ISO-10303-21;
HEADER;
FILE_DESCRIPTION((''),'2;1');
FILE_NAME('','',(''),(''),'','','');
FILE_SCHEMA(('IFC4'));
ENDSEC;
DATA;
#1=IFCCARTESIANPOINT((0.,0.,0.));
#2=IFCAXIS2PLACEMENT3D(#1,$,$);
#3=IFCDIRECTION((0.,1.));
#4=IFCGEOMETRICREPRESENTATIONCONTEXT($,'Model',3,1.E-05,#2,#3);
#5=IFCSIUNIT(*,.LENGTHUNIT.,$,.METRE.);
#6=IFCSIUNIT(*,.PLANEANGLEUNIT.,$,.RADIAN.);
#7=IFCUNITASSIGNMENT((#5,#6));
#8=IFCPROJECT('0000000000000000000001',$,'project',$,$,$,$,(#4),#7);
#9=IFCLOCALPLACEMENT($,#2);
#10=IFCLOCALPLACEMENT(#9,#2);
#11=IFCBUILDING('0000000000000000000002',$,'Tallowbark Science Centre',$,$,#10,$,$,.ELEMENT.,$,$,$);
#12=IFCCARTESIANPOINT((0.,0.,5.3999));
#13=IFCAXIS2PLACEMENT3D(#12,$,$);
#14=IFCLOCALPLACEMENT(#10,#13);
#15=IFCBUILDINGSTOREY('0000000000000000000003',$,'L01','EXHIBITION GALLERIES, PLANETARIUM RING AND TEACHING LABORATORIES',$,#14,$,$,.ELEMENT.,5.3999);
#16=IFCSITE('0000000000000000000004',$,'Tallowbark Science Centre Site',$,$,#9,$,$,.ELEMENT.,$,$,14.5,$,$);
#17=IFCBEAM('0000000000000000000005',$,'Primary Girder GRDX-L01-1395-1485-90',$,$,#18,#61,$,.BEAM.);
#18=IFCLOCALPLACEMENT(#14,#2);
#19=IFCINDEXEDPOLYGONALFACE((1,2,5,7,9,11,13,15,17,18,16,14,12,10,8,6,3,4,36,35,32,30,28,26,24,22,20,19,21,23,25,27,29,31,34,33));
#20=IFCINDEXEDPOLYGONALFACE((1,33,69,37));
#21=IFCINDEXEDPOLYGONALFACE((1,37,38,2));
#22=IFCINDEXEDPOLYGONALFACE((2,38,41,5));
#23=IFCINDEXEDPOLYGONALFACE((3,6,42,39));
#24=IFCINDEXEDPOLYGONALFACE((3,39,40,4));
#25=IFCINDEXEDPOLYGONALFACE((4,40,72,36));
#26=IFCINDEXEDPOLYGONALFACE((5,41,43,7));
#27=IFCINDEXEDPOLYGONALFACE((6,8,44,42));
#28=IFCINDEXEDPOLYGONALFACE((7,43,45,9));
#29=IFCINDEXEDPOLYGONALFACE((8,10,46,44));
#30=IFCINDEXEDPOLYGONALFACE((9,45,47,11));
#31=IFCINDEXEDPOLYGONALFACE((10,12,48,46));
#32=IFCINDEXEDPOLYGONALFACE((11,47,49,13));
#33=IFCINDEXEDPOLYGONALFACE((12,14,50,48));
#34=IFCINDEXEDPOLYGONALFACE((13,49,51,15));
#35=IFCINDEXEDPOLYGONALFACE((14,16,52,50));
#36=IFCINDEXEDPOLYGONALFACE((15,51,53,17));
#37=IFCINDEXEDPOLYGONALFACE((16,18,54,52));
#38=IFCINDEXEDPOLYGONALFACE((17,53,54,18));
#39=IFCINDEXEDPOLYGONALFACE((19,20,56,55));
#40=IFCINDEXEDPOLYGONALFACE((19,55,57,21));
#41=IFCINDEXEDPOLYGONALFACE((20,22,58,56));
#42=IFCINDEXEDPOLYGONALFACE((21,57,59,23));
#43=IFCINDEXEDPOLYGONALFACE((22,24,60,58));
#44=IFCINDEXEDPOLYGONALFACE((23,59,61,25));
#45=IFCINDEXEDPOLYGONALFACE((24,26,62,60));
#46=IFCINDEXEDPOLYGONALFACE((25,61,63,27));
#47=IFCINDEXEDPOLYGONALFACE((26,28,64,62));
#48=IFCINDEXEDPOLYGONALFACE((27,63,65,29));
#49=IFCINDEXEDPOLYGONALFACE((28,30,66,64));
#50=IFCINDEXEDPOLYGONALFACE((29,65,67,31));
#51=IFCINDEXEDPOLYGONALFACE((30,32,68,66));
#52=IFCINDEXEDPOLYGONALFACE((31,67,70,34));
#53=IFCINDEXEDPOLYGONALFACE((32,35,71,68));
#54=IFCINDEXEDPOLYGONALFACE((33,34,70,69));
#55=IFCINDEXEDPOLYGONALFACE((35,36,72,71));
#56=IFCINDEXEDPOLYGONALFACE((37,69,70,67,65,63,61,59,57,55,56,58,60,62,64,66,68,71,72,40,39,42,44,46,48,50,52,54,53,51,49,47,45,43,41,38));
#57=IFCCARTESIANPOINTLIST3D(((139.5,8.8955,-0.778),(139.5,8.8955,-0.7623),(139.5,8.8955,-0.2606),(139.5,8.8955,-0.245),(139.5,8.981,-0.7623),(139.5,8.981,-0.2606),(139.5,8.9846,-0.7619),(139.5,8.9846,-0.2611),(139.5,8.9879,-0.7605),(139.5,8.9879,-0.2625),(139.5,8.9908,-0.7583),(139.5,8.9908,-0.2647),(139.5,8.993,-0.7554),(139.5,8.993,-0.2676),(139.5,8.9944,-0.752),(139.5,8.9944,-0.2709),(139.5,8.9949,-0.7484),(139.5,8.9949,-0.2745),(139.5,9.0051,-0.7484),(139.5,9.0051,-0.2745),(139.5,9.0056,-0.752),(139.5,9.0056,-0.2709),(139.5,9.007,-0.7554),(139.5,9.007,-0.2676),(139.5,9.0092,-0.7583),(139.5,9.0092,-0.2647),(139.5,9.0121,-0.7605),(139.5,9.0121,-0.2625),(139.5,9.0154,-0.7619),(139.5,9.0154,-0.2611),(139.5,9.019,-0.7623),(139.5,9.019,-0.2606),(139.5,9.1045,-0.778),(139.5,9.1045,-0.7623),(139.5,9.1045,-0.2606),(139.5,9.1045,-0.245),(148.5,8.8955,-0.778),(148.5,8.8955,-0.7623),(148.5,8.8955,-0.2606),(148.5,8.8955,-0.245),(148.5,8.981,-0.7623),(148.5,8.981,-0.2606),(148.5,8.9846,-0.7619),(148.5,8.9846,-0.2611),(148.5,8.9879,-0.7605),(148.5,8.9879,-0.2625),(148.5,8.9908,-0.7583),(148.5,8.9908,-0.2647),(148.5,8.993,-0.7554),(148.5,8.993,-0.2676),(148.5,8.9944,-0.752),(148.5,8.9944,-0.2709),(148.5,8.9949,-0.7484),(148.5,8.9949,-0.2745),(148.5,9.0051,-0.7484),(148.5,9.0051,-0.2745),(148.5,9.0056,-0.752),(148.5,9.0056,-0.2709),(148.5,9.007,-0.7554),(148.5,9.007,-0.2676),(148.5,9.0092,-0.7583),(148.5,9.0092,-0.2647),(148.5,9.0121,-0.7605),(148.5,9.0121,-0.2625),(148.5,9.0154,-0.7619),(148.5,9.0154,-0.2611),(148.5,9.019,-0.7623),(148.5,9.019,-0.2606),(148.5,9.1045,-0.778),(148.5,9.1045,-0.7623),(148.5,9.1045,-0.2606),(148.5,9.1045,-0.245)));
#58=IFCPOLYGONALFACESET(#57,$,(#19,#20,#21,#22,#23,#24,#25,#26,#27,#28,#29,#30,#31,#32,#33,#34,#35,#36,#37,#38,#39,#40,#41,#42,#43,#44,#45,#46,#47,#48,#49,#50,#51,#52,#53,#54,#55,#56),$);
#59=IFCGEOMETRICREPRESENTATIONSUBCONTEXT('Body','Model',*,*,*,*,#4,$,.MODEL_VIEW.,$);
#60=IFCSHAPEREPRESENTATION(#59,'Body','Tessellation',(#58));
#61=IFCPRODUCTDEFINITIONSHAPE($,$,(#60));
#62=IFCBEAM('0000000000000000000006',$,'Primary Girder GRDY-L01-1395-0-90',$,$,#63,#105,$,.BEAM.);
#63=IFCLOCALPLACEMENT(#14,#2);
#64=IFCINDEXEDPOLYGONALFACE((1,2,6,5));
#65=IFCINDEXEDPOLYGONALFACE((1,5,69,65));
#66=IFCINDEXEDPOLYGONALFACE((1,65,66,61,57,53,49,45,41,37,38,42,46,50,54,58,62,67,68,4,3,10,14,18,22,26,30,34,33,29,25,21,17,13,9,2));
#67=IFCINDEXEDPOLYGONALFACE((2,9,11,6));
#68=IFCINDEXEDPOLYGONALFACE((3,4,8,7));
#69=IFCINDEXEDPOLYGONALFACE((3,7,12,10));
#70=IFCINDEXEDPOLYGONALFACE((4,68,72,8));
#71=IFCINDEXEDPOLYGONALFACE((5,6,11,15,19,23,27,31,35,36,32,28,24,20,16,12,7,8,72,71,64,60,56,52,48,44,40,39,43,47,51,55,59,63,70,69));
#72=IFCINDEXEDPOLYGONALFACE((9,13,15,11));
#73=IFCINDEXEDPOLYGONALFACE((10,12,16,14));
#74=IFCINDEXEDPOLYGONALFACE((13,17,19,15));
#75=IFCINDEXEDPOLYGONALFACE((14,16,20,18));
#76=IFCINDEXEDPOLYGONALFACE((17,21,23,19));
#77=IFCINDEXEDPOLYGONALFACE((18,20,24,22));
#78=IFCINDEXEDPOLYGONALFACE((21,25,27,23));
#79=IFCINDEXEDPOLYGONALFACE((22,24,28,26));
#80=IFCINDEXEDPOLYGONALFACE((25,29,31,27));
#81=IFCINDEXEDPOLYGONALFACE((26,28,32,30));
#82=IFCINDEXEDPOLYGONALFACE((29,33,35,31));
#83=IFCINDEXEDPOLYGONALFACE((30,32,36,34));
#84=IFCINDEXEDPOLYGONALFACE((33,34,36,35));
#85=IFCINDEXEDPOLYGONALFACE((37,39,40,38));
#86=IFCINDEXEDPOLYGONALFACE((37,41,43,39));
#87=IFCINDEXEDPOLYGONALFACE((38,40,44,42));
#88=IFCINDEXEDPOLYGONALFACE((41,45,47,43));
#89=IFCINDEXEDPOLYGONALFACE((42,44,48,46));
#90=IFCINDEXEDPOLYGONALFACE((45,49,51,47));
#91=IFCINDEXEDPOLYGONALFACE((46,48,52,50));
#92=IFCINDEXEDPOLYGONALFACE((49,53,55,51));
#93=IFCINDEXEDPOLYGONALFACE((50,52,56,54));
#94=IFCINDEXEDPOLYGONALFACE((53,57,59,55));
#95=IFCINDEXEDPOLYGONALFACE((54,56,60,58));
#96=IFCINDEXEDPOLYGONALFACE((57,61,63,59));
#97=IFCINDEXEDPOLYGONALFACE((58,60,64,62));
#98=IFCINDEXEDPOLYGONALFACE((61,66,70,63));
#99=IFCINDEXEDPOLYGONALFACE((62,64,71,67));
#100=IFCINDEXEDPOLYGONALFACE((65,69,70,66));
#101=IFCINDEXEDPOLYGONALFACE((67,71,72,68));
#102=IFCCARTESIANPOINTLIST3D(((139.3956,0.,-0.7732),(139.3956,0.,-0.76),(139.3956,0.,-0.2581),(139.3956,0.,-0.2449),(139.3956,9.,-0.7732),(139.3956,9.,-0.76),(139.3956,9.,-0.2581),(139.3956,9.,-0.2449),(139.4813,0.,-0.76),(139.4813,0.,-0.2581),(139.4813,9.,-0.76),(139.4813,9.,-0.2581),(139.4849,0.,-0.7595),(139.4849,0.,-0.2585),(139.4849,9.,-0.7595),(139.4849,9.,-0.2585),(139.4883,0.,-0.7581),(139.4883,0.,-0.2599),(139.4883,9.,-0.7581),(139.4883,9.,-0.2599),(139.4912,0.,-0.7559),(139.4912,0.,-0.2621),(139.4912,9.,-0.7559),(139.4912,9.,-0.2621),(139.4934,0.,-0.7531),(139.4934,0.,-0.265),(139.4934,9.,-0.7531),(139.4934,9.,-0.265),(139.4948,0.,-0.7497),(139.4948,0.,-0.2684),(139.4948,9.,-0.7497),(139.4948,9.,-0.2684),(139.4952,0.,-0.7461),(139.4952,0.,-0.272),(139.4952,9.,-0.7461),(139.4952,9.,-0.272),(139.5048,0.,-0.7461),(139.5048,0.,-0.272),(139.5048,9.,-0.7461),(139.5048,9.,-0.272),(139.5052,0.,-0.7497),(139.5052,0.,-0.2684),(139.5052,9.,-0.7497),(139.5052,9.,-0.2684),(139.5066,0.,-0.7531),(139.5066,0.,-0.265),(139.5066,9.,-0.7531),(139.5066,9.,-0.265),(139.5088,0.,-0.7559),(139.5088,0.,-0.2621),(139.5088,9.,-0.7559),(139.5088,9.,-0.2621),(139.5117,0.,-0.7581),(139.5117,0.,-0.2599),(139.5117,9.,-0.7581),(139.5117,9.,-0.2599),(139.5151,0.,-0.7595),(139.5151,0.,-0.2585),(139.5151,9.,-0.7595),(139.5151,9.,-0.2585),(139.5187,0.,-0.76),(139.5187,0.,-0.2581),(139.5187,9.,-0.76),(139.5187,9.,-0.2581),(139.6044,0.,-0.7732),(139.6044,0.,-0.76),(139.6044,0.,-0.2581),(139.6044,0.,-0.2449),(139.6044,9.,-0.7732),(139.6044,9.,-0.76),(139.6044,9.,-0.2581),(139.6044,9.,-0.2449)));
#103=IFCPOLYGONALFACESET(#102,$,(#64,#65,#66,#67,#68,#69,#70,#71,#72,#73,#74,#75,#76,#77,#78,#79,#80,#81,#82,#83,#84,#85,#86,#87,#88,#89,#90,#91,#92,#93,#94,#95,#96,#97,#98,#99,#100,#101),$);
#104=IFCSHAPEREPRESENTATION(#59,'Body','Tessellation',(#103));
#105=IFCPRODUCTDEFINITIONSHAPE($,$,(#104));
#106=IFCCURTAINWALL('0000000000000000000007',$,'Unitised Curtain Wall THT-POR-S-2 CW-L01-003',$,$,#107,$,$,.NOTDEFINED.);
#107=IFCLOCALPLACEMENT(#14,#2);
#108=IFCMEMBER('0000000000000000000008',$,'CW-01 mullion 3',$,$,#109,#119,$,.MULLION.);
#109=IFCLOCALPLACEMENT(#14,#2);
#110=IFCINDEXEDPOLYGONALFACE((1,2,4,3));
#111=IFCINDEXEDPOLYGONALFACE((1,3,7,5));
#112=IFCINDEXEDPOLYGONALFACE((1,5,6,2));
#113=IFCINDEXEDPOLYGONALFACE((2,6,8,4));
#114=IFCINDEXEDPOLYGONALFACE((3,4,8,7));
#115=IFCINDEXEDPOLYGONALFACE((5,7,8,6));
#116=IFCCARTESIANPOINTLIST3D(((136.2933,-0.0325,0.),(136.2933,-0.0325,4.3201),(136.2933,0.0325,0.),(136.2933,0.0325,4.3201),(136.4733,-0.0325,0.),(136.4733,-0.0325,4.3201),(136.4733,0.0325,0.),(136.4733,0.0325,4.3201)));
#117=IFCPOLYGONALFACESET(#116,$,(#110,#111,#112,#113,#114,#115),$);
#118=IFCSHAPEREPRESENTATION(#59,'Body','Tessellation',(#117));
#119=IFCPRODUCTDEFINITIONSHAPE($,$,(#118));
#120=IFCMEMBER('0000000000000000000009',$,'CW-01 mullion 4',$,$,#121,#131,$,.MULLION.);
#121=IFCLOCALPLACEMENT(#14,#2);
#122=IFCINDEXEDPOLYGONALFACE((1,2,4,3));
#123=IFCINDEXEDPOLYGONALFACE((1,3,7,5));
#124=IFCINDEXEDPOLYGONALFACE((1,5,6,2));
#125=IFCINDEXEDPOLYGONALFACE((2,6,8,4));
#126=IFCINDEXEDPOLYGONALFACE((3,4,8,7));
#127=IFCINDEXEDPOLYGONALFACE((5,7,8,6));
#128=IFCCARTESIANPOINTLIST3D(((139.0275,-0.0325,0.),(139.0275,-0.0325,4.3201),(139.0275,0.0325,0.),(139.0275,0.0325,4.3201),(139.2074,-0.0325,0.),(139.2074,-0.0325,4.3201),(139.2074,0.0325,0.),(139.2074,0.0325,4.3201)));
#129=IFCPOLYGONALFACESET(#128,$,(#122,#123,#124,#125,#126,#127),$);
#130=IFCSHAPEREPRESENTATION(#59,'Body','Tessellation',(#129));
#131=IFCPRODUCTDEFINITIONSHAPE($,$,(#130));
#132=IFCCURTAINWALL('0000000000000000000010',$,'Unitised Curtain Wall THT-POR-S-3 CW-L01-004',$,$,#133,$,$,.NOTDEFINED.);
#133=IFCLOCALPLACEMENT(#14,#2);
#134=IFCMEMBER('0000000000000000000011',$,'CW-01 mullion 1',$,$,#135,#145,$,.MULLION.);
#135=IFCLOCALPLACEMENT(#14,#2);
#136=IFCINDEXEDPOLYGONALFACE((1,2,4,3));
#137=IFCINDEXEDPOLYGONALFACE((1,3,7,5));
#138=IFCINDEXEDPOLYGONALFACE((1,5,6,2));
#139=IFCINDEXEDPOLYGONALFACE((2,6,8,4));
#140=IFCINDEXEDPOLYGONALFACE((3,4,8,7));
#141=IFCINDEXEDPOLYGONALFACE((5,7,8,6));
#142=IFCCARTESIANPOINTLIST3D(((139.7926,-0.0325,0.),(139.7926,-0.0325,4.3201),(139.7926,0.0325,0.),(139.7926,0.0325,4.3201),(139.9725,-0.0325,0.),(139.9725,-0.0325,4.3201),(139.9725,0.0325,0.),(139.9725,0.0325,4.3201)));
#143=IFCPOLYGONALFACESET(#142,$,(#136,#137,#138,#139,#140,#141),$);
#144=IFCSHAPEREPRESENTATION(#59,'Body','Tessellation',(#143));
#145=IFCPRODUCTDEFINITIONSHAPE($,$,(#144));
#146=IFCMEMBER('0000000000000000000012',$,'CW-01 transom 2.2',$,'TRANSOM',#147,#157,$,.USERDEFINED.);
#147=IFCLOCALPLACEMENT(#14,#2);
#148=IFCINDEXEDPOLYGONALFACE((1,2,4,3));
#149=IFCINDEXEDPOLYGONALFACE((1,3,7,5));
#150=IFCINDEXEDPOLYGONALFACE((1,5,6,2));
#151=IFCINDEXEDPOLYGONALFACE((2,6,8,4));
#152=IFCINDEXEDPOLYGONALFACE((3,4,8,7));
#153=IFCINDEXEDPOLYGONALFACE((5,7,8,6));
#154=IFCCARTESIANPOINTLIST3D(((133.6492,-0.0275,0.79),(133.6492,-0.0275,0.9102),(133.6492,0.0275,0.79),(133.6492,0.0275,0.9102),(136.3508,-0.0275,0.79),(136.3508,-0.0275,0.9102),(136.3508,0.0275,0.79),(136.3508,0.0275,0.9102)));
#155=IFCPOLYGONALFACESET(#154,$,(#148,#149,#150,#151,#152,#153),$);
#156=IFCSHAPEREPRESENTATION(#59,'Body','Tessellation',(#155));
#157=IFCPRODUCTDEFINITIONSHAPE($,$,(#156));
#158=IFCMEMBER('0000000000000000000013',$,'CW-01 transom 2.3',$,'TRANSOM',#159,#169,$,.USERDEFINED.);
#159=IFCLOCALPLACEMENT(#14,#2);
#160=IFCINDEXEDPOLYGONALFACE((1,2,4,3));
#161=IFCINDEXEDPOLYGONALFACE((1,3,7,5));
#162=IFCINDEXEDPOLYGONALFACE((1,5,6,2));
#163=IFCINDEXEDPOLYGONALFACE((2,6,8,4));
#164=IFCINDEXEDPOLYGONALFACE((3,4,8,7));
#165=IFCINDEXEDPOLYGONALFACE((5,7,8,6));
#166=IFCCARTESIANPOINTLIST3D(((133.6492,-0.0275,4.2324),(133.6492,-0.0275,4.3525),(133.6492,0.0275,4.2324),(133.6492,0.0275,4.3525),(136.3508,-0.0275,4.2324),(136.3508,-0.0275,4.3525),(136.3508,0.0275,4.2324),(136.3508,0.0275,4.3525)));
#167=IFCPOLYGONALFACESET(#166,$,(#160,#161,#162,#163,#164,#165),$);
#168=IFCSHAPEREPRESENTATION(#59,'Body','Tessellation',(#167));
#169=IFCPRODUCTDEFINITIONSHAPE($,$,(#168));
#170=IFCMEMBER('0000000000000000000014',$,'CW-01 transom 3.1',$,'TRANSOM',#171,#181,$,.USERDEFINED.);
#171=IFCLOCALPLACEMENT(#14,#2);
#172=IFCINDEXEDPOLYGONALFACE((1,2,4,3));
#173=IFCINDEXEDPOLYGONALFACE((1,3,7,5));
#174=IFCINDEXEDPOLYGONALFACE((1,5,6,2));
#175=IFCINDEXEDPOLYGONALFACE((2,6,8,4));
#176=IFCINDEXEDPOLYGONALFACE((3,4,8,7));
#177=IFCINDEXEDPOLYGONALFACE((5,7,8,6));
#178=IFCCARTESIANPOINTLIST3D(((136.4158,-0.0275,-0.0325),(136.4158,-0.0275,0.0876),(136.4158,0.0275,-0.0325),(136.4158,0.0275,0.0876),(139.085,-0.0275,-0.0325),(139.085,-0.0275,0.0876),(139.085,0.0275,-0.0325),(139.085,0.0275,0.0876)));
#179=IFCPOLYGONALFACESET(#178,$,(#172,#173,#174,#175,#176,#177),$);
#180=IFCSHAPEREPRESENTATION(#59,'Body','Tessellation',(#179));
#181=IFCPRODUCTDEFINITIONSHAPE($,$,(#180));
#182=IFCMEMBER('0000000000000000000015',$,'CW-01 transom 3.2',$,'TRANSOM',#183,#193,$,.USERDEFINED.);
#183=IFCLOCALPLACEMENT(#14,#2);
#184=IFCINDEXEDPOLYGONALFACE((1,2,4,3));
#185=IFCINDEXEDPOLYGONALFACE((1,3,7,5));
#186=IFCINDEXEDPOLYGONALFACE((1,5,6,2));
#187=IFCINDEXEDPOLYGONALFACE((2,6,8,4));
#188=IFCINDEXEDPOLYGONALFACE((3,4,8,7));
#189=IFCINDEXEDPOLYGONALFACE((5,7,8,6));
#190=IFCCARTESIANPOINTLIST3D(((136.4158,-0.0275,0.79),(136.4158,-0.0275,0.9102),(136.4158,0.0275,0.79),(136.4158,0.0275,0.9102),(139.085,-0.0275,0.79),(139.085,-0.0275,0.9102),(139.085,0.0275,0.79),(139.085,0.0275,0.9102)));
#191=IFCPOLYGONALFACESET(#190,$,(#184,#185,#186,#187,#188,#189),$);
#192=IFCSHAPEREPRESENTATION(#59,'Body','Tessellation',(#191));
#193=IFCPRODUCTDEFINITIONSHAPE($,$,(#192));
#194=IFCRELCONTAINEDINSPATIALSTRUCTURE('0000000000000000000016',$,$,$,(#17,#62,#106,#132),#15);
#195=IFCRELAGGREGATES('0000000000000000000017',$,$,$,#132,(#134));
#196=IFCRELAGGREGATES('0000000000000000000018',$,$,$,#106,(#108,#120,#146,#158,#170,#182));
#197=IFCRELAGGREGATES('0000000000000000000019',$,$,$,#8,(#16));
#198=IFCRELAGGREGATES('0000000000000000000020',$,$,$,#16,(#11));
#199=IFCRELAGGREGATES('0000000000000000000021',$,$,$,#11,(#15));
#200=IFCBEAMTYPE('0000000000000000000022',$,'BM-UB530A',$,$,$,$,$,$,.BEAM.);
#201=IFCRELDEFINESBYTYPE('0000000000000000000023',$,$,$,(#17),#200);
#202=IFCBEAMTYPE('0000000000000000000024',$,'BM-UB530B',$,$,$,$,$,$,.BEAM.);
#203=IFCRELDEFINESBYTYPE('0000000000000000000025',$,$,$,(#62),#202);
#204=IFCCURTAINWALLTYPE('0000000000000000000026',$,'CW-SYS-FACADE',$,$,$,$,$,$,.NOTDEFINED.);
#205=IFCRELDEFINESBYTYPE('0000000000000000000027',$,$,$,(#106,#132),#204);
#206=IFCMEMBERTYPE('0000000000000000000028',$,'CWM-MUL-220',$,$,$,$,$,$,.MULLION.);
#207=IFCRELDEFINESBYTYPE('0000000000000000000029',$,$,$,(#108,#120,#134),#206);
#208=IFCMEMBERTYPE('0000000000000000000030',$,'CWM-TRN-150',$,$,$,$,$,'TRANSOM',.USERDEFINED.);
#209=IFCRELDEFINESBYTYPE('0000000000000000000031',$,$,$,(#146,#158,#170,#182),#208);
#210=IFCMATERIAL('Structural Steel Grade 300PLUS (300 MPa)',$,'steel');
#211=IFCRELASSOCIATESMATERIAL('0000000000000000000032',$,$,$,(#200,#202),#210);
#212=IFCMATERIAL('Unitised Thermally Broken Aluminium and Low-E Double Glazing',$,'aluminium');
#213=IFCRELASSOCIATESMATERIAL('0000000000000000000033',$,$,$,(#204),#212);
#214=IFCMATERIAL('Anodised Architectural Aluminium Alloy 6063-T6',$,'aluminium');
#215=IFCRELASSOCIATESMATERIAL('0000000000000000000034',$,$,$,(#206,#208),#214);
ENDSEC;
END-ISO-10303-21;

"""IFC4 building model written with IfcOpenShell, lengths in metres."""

from ifc_helpers import new_model, si_unit, direction, frame, origin, origin_2d, place, context, subcontext, project, spatial, rectangle, i_section, extrude, material, material_profile, profile_set, type_object, element, aggregate, save


model = new_model("IFC4")

# Units and contexts
model_context = context("Model", 3, precision=1e-05, world=origin(), true_north=direction((0.0, 1.0)))
body_context = subcontext(model_context, "Body", "Model", "MODEL_VIEW")
ifc_project = project(units=[si_unit("LENGTHUNIT", "METRE"), si_unit("PLANEANGLEUNIT", "RADIAN")], contexts=[model_context])

# Site, building, storey
site_placement = place(None, origin())
site = spatial("IfcSite", under=ifc_project, at=site_placement, Name="Tallowbark Science Centre Site", CompositionType="ELEMENT", RefElevation=14.5)
building_placement = place(site_placement, origin())
building = spatial("IfcBuilding", under=site, at=building_placement, Name="Tallowbark Science Centre", CompositionType="ELEMENT")
storey_placement = place(building_placement, frame((0.0, 0.0, 5.3999)))
storey = spatial("IfcBuildingStorey", under=building, at=storey_placement, Name="L01", Description="EXHIBITION GALLERIES, PLANETARIUM RING AND TEACHING LABORATORIES", CompositionType="ELEMENT", Elevation=5.3999)

# Shared definitions
ifc_material_1 = material(Name="Structural Steel Grade 300PLUS (300 MPa)", Category="steel")

# Beams
ifc_material_profile_1 = material_profile(ifc_material_1, i_section(OverallWidth=0.209, OverallDepth=0.533, WebThickness=0.0103, FlangeThickness=0.0156, FilletRadius=0.0139, at=origin_2d()), Name="530UB92.4")
ifc_profile_set_1 = profile_set([ifc_material_profile_1], Name="Structural Steel Grade 300PLUS (300 MPa)")
beam_type_1 = type_object("IfcBeamType", Name="BM-UB530A", PredefinedType="BEAM", material=ifc_profile_set_1)
for number, where, z_axis, x_axis, name in (
    (1, (139.5, 9.0, -0.5115), (1.0, 0.0, 0.0), (0.0, 1.0, 0.0), "Primary Girder GRDX-L01-1395-1485-90"),
):
    element("IfcBeam", number, at=place(storey_placement, frame(where, z_axis=z_axis, x_axis=x_axis)), inside=storey, type_object=beam_type_1, Name=name, PredefinedType="BEAM", context=body_context, shape_type="SweptSolid", body=[
        extrude(i_section(OverallWidth=0.209, OverallDepth=0.533, WebThickness=0.0103, FlangeThickness=0.0156, FilletRadius=0.0139, at=origin_2d()), origin(), (0.0, 0.0, 1.0), 9.0),
    ])
ifc_material_profile_2 = material_profile(ifc_material_1, i_section(OverallWidth=0.2087, OverallDepth=0.5283, WebThickness=0.0095, FlangeThickness=0.0132, FilletRadius=0.0139, at=origin_2d()), Name="530UB82.0")
ifc_profile_set_2 = profile_set([ifc_material_profile_2], Name="Structural Steel Grade 300PLUS (300 MPa)")
beam_type_2 = type_object("IfcBeamType", Name="BM-UB530B", PredefinedType="BEAM", material=ifc_profile_set_2)
beam_1_placement = place(storey_placement, frame((139.5, 0.0, -0.509), z_axis=(0.0, 1.0, 0.0), x_axis=(-1.0, 0.0, 0.0)))
element("IfcBeam", 2, at=beam_1_placement, inside=storey, type_object=beam_type_2, Name="Primary Girder GRDY-L01-1395-0-90", PredefinedType="BEAM", context=body_context, shape_type="SweptSolid", body=[
    extrude(i_section(OverallWidth=0.2087, OverallDepth=0.5283, WebThickness=0.0095, FlangeThickness=0.0132, FilletRadius=0.0139, at=origin_2d()), origin(), (0.0, 0.0, 1.0), 9.0),
])

# Curtain wall, members
ifc_material_2 = material(Name="Unitised Thermally Broken Aluminium and Low-E Double Glazing", Category="aluminium")
curtain_wall_type = type_object("IfcCurtainWallType", Name="CW-SYS-FACADE", PredefinedType="NOTDEFINED", material=ifc_material_2)
curtain_wall_1_placement = place(storey_placement, origin())
curtain_wall_1 = element("IfcCurtainWall", 3, at=curtain_wall_1_placement, inside=storey, type_object=curtain_wall_type, Name="Unitised Curtain Wall THT-POR-S-2 CW-L01-003", PredefinedType="NOTDEFINED")
ifc_material_3 = material(Name="Anodised Architectural Aluminium Alloy 6063-T6", Category="aluminium")
ifc_material_profile_3 = material_profile(ifc_material_3, rectangle(XDim=0.0649, YDim=0.1799, at=origin_2d()), Name="ALU65x180")
ifc_profile_set_3 = profile_set([ifc_material_profile_3], Name="Anodised Architectural Aluminium Alloy 6063-T6")
member_type_1 = type_object("IfcMemberType", Name="CWM-MUL-220", PredefinedType="MULLION", material=ifc_profile_set_3)
member_1_placement = place(storey_placement, frame((136.3833, 0.0, 0.0), z_axis=(0.0, 0.0, 1.0), x_axis=(0.0, 1.0, 0.0)))
member_1 = element("IfcMember", 4, at=member_1_placement, type_object=member_type_1, Name="CW-01 mullion 3", PredefinedType="MULLION", context=body_context, shape_type="SweptSolid", body=[
    extrude(rectangle(XDim=0.0649, YDim=0.1799, at=origin_2d()), origin(), (0.0, 0.0, 1.0), 4.3201),
])
member_2_placement = place(storey_placement, frame((139.1174, 0.0, 0.0), z_axis=(0.0, 0.0, 1.0), x_axis=(0.0, 1.0, 0.0)))
member_2 = element("IfcMember", 5, at=member_2_placement, type_object=member_type_1, Name="CW-01 mullion 4", PredefinedType="MULLION", context=body_context, shape_type="SweptSolid", body=[
    extrude(rectangle(XDim=0.0649, YDim=0.1799, at=origin_2d()), origin(), (0.0, 0.0, 1.0), 4.3201),
])

# Curtain wall, member
curtain_wall_2_placement = place(storey_placement, origin())
curtain_wall_2 = element("IfcCurtainWall", 6, at=curtain_wall_2_placement, inside=storey, type_object=curtain_wall_type, Name="Unitised Curtain Wall THT-POR-S-3 CW-L01-004", PredefinedType="NOTDEFINED")
member_3_placement = place(storey_placement, frame((139.8826, 0.0, 0.0), z_axis=(0.0, 0.0, 1.0), x_axis=(0.0, 1.0, 0.0)))
member_3 = element("IfcMember", 7, at=member_3_placement, type_object=member_type_1, Name="CW-01 mullion 1", PredefinedType="MULLION", context=body_context, shape_type="SweptSolid", body=[
    extrude(rectangle(XDim=0.0649, YDim=0.1799, at=origin_2d()), origin(), (0.0, 0.0, 1.0), 4.3201),
])

# Members
ifc_material_profile_4 = material_profile(ifc_material_3, rectangle(XDim=0.0549, YDim=0.1201, at=origin_2d()), Name="ALU55x120")
ifc_profile_set_4 = profile_set([ifc_material_profile_4], Name="Anodised Architectural Aluminium Alloy 6063-T6")
member_type_2 = type_object("IfcMemberType", Name="CWM-TRN-150", ElementType="TRANSOM", PredefinedType="USERDEFINED", material=ifc_profile_set_4)
member_4_placement = place(storey_placement, frame((133.6492, 0.0, 0.8501), z_axis=(1.0, 0.0, 0.0), x_axis=(0.0, 1.0, 0.0)))
member_4 = element("IfcMember", 8, at=member_4_placement, type_object=member_type_2, Name="CW-01 transom 2.2", ObjectType="TRANSOM", PredefinedType="USERDEFINED", context=body_context, shape_type="SweptSolid", body=[
    extrude(rectangle(XDim=0.0549, YDim=0.1201, at=origin_2d()), origin(), (0.0, 0.0, 1.0), 2.7017),
])
member_5_placement = place(storey_placement, frame((133.6492, 0.0, 4.2925), z_axis=(1.0, 0.0, 0.0), x_axis=(0.0, 1.0, 0.0)))
member_5 = element("IfcMember", 9, at=member_5_placement, type_object=member_type_2, Name="CW-01 transom 2.3", ObjectType="TRANSOM", PredefinedType="USERDEFINED", context=body_context, shape_type="SweptSolid", body=[
    extrude(rectangle(XDim=0.0549, YDim=0.1201, at=origin_2d()), origin(), (0.0, 0.0, 1.0), 2.7017),
])
member_6_placement = place(storey_placement, frame((136.4158, 0.0, 0.0276), z_axis=(1.0, 0.0, 0.0), x_axis=(0.0, 1.0, 0.0)))
member_6 = element("IfcMember", 10, at=member_6_placement, type_object=member_type_2, Name="CW-01 transom 3.1", ObjectType="TRANSOM", PredefinedType="USERDEFINED", context=body_context, shape_type="SweptSolid", body=[
    extrude(rectangle(XDim=0.0549, YDim=0.1201, at=origin_2d()), origin(), (0.0, 0.0, 1.0), 2.6692),
])
member_7_placement = place(storey_placement, frame((136.4158, 0.0, 0.8501), z_axis=(1.0, 0.0, 0.0), x_axis=(0.0, 1.0, 0.0)))
member_7 = element("IfcMember", 11, at=member_7_placement, type_object=member_type_2, Name="CW-01 transom 3.2", ObjectType="TRANSOM", PredefinedType="USERDEFINED", context=body_context, shape_type="SweptSolid", body=[
    extrude(rectangle(XDim=0.0549, YDim=0.1201, at=origin_2d()), origin(), (0.0, 0.0, 1.0), 2.6692),
])

aggregate(curtain_wall_2, [member_3])
aggregate(curtain_wall_1, [member_1, member_2, member_4, member_5, member_6, member_7])

save(model, "model.ifc")
